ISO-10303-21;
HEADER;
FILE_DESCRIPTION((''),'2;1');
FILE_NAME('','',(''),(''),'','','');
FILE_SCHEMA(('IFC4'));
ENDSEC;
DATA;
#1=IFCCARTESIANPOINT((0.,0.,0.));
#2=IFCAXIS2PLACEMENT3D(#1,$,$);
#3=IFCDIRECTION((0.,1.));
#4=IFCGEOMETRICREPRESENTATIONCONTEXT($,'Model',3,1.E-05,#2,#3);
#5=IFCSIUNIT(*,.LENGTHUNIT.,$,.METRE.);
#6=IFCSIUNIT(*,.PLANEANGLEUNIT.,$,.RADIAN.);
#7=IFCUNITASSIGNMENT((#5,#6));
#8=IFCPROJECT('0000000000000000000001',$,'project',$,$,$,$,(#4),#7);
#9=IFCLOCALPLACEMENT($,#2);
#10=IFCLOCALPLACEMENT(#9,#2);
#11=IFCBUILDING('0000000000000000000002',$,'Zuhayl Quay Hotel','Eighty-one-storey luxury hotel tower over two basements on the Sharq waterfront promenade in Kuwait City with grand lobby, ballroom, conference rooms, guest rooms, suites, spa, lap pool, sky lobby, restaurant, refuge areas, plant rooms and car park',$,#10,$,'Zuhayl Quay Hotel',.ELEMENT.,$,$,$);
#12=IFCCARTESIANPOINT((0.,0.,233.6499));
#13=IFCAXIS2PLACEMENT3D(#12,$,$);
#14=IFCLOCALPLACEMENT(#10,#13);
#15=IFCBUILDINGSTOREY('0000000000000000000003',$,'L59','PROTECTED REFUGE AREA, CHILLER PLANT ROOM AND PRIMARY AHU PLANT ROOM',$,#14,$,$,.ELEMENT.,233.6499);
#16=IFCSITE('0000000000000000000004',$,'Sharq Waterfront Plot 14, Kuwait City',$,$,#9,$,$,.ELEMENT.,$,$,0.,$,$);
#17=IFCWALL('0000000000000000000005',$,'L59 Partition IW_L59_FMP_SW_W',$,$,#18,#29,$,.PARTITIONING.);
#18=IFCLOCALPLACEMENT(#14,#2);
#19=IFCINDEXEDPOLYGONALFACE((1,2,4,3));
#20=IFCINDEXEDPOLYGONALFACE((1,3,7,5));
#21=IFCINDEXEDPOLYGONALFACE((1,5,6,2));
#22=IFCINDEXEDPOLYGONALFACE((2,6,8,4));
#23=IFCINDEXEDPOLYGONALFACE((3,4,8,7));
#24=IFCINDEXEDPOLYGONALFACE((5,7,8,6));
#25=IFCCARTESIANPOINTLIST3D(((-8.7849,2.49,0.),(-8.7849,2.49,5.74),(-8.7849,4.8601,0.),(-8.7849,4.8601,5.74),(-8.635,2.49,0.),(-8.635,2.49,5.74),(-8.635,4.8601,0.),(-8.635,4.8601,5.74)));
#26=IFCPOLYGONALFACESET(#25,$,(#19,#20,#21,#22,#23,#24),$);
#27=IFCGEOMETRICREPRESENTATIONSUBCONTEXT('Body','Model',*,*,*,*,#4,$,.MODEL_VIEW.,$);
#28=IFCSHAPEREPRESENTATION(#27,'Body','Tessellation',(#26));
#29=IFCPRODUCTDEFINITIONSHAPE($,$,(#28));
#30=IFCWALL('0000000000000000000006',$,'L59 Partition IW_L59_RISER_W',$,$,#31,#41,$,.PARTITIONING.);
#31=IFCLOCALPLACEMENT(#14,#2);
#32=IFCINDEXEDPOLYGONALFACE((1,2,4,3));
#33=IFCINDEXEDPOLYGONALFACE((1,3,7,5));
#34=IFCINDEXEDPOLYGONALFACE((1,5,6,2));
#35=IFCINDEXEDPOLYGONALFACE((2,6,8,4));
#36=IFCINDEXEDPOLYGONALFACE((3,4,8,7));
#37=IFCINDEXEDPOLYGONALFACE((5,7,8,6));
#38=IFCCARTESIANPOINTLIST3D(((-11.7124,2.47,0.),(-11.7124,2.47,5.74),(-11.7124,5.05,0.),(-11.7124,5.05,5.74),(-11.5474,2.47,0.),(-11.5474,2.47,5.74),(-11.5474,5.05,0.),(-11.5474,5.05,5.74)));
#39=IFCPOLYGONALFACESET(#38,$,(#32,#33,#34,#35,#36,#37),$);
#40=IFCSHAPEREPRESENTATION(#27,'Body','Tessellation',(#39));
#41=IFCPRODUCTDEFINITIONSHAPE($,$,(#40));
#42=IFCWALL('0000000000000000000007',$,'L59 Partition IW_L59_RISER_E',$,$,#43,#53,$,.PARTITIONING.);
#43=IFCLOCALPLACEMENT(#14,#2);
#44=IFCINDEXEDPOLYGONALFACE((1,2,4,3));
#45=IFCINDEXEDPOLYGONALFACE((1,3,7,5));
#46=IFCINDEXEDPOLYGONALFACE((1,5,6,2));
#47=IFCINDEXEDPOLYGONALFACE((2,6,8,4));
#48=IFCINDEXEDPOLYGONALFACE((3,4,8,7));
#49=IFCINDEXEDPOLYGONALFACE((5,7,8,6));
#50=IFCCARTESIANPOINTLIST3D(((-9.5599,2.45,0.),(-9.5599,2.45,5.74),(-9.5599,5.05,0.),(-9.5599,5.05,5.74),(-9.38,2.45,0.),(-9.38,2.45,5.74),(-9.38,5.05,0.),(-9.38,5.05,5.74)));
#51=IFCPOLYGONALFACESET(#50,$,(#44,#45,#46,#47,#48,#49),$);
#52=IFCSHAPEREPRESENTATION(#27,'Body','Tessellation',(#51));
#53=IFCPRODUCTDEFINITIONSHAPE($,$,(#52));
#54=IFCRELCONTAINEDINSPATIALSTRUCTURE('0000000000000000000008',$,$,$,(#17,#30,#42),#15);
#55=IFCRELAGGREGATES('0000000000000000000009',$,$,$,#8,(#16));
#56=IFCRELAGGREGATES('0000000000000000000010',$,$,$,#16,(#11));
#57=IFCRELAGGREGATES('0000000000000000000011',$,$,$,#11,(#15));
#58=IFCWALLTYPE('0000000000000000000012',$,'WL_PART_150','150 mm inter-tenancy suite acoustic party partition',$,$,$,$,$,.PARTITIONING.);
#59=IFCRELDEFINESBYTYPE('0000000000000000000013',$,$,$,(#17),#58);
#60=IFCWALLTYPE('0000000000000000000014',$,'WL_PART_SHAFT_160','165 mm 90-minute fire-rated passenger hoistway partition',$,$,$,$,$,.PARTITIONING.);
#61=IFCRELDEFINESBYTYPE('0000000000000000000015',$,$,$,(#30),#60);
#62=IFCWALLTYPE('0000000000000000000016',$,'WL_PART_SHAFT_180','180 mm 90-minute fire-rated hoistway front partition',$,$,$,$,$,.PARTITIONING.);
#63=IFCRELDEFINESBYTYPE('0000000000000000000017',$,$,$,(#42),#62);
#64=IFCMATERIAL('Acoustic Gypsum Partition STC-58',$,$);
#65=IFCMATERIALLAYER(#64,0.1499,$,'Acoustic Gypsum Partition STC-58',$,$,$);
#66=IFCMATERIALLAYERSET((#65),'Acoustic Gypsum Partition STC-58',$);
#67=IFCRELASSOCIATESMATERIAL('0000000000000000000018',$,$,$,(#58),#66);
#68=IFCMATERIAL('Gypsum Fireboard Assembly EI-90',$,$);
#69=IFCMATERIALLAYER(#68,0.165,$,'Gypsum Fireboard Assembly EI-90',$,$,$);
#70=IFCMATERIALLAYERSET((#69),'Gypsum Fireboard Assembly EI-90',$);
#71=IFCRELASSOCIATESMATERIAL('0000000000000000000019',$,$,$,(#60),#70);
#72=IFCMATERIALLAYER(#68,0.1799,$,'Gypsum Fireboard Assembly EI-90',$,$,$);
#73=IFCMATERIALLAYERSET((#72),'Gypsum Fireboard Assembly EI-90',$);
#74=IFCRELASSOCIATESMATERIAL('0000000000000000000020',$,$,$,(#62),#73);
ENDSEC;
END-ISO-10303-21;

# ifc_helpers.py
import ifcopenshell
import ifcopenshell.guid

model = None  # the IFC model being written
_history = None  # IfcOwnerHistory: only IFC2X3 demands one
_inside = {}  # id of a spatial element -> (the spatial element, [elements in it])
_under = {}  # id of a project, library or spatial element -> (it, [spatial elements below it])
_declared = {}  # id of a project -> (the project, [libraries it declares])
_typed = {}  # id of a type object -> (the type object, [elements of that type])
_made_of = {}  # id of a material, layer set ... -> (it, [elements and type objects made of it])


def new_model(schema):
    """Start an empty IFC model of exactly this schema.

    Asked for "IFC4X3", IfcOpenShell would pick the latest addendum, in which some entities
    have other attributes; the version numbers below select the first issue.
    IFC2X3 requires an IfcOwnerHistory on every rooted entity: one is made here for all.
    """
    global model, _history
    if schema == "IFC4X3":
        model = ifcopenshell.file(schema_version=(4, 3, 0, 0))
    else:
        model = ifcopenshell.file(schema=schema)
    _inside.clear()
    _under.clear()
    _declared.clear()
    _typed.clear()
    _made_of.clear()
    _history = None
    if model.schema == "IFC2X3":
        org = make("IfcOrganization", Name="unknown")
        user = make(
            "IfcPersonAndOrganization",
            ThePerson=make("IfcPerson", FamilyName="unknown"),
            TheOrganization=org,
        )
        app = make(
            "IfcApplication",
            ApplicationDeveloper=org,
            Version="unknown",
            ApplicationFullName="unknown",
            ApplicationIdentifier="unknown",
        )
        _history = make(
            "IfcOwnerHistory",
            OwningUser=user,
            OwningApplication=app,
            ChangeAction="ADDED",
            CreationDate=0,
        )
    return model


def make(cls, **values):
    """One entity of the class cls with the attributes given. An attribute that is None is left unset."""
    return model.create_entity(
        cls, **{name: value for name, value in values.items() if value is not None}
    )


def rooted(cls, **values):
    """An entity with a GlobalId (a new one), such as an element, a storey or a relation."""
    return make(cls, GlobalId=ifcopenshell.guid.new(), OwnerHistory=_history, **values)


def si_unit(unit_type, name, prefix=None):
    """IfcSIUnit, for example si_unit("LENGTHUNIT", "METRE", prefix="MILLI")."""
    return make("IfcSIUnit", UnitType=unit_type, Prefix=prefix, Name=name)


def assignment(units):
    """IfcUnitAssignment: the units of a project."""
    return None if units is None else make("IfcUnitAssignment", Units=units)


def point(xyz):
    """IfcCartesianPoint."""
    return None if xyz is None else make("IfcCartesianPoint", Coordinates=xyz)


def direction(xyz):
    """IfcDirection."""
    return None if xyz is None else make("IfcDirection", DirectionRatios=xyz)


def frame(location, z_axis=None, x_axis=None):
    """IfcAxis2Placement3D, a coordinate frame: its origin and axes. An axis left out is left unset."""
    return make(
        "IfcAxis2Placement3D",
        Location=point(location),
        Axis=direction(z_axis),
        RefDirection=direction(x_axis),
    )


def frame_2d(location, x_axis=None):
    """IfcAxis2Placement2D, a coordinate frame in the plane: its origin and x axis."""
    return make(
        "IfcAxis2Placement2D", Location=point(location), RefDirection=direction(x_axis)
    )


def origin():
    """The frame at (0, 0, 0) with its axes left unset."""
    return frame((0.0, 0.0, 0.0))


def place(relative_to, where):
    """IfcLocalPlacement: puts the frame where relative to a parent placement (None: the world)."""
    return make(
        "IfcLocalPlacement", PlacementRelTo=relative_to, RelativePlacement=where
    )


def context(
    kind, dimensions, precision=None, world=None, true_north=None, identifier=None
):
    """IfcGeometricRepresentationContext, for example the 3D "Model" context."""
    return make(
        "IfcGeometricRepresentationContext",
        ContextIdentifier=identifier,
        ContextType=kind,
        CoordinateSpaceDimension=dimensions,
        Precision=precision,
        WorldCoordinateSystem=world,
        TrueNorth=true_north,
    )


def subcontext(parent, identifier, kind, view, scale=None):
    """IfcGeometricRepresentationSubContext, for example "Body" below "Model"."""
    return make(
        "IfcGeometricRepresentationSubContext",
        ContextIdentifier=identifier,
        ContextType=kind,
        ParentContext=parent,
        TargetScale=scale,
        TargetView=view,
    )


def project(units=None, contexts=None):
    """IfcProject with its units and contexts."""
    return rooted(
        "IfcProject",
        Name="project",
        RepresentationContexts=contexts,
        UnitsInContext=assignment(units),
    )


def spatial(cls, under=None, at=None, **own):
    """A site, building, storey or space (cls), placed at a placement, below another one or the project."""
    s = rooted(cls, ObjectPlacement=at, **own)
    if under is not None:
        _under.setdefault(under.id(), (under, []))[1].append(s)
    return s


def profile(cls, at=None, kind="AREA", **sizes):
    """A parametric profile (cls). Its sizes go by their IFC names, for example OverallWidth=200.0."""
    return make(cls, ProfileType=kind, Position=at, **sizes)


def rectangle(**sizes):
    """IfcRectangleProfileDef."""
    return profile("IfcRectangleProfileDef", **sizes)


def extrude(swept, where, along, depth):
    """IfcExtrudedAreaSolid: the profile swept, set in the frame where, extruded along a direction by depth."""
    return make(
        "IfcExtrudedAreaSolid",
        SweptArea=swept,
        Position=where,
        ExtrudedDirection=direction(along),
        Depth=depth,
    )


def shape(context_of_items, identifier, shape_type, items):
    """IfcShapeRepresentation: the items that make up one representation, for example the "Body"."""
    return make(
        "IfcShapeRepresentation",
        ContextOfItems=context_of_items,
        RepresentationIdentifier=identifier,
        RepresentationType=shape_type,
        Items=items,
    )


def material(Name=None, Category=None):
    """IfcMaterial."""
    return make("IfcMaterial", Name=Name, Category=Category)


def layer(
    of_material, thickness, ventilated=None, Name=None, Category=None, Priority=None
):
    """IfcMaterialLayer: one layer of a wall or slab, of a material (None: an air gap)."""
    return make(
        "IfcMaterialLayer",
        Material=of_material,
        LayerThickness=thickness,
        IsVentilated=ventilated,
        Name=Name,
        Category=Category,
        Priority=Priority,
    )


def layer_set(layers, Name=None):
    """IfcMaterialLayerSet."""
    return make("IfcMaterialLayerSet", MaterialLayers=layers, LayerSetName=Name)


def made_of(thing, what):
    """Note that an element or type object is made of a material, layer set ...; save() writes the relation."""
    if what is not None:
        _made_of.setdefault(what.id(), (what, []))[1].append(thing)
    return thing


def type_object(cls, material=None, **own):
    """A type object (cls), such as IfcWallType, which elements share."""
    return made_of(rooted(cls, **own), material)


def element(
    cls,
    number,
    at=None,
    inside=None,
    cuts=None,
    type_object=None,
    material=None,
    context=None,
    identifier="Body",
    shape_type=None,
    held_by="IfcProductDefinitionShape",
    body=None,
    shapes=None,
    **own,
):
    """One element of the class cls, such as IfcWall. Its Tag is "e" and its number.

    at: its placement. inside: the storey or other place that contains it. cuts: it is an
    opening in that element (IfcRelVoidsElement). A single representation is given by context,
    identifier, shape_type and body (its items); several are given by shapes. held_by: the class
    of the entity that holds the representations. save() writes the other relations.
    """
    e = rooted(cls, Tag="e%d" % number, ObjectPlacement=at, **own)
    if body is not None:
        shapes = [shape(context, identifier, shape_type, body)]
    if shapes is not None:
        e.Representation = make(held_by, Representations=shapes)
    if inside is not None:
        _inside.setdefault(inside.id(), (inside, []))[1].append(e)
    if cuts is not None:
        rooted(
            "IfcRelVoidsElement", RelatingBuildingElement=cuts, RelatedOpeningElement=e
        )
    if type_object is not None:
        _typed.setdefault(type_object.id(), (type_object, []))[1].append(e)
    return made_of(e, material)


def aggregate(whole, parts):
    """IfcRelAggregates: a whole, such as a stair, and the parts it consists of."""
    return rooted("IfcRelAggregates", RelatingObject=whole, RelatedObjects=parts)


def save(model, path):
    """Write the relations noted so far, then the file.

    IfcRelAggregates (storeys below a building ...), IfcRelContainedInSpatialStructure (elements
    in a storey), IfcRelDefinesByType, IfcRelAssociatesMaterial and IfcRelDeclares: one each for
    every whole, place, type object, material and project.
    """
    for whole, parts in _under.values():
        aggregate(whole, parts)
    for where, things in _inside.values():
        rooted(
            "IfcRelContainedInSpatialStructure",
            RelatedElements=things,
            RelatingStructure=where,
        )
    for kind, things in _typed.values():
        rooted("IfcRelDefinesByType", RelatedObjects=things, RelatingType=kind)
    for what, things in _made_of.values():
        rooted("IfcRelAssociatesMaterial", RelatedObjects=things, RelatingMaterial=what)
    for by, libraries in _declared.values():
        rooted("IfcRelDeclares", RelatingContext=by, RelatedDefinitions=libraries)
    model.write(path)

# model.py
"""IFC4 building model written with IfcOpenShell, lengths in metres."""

from ifc_helpers import new_model, si_unit, direction, frame, frame_2d, origin, place, context, subcontext, project, spatial, rectangle, extrude, material, layer, layer_set, type_object, element, save


model = new_model("IFC4")

# Units and contexts
model_context = context("Model", 3, precision=1e-05, world=origin(), true_north=direction((0.0, 1.0)))
body_context = subcontext(model_context, "Body", "Model", "MODEL_VIEW")
ifc_project = project(units=[si_unit("LENGTHUNIT", "METRE"), si_unit("PLANEANGLEUNIT", "RADIAN")], contexts=[model_context])

# Site, building, storey
site_placement = place(None, origin())
site = spatial("IfcSite", under=ifc_project, at=site_placement, Name="Sharq Waterfront Plot 14, Kuwait City", CompositionType="ELEMENT", RefElevation=0.0)
building_placement = place(site_placement, origin())
building = spatial("IfcBuilding", under=site, at=building_placement, Name="Zuhayl Quay Hotel", Description="Eighty-one-storey luxury hotel tower over two basements on the Sharq waterfront promenade in Kuwait City with grand lobby, ballroom, conference rooms, guest rooms, suites, spa, lap pool, sky lobby, restaurant, refuge areas, plant rooms and car park", LongName="Zuhayl Quay Hotel", CompositionType="ELEMENT")
storey_placement = place(building_placement, frame((0.0, 0.0, 233.6499)))
storey = spatial("IfcBuildingStorey", under=building, at=storey_placement, Name="L59", Description="PROTECTED REFUGE AREA, CHILLER PLANT ROOM AND PRIMARY AHU PLANT ROOM", CompositionType="ELEMENT", Elevation=233.6499)

# Walls
ifc_material_1 = material(Name="Acoustic Gypsum Partition STC-58")
ifc_layer_1 = layer(ifc_material_1, 0.1499, Name="Acoustic Gypsum Partition STC-58")
ifc_layer_set_1 = layer_set([ifc_layer_1], Name="Acoustic Gypsum Partition STC-58")
wall_type_1 = type_object("IfcWallType", Name="WL_PART_150", Description="150 mm inter-tenancy suite acoustic party partition", PredefinedType="PARTITIONING", material=ifc_layer_set_1)
wall_1_placement = place(storey_placement, frame((-8.71, 2.49, 0.0), z_axis=(0.0, 0.0, 1.0), x_axis=(0.0, 1.0, 0.0)))
element("IfcWall", 1, at=wall_1_placement, inside=storey, type_object=wall_type_1, Name="L59 Partition IW_L59_FMP_SW_W", PredefinedType="PARTITIONING", context=body_context, shape_type="SweptSolid", body=[
    extrude(rectangle(XDim=2.3701, YDim=0.1499, at=frame_2d((1.1851, 0.0))), origin(), (0.0, 0.0, 1.0), 5.74),
])
ifc_material_2 = material(Name="Gypsum Fireboard Assembly EI-90")
ifc_layer_2 = layer(ifc_material_2, 0.165, Name="Gypsum Fireboard Assembly EI-90")
ifc_layer_set_2 = layer_set([ifc_layer_2], Name="Gypsum Fireboard Assembly EI-90")
wall_type_2 = type_object("IfcWallType", Name="WL_PART_SHAFT_160", Description="165 mm 90-minute fire-rated passenger hoistway partition", PredefinedType="PARTITIONING", material=ifc_layer_set_2)
wall_2_placement = place(storey_placement, frame((-11.6299, 2.47, 0.0), z_axis=(0.0, 0.0, 1.0), x_axis=(0.0, 1.0, 0.0)))
element("IfcWall", 2, at=wall_2_placement, inside=storey, type_object=wall_type_2, Name="L59 Partition IW_L59_RISER_W", PredefinedType="PARTITIONING", context=body_context, shape_type="SweptSolid", body=[
    extrude(rectangle(XDim=2.5801, YDim=0.165, at=frame_2d((1.29, 0.0))), origin(), (0.0, 0.0, 1.0), 5.74),
])
ifc_layer_3 = layer(ifc_material_2, 0.1799, Name="Gypsum Fireboard Assembly EI-90")
ifc_layer_set_3 = layer_set([ifc_layer_3], Name="Gypsum Fireboard Assembly EI-90")
wall_type_3 = type_object("IfcWallType", Name="WL_PART_SHAFT_180", Description="180 mm 90-minute fire-rated hoistway front partition", PredefinedType="PARTITIONING", material=ifc_layer_set_3)
wall_3_placement = place(storey_placement, frame((-9.47, 2.45, 0.0), z_axis=(0.0, 0.0, 1.0), x_axis=(0.0, 1.0, 0.0)))
element("IfcWall", 3, at=wall_3_placement, inside=storey, type_object=wall_type_3, Name="L59 Partition IW_L59_RISER_E", PredefinedType="PARTITIONING", context=body_context, shape_type="SweptSolid", body=[
    extrude(rectangle(XDim=2.6001, YDim=0.1799, at=frame_2d((1.3, 0.0))), origin(), (0.0, 0.0, 1.0), 5.74),
])

save(model, "model.ifc")
